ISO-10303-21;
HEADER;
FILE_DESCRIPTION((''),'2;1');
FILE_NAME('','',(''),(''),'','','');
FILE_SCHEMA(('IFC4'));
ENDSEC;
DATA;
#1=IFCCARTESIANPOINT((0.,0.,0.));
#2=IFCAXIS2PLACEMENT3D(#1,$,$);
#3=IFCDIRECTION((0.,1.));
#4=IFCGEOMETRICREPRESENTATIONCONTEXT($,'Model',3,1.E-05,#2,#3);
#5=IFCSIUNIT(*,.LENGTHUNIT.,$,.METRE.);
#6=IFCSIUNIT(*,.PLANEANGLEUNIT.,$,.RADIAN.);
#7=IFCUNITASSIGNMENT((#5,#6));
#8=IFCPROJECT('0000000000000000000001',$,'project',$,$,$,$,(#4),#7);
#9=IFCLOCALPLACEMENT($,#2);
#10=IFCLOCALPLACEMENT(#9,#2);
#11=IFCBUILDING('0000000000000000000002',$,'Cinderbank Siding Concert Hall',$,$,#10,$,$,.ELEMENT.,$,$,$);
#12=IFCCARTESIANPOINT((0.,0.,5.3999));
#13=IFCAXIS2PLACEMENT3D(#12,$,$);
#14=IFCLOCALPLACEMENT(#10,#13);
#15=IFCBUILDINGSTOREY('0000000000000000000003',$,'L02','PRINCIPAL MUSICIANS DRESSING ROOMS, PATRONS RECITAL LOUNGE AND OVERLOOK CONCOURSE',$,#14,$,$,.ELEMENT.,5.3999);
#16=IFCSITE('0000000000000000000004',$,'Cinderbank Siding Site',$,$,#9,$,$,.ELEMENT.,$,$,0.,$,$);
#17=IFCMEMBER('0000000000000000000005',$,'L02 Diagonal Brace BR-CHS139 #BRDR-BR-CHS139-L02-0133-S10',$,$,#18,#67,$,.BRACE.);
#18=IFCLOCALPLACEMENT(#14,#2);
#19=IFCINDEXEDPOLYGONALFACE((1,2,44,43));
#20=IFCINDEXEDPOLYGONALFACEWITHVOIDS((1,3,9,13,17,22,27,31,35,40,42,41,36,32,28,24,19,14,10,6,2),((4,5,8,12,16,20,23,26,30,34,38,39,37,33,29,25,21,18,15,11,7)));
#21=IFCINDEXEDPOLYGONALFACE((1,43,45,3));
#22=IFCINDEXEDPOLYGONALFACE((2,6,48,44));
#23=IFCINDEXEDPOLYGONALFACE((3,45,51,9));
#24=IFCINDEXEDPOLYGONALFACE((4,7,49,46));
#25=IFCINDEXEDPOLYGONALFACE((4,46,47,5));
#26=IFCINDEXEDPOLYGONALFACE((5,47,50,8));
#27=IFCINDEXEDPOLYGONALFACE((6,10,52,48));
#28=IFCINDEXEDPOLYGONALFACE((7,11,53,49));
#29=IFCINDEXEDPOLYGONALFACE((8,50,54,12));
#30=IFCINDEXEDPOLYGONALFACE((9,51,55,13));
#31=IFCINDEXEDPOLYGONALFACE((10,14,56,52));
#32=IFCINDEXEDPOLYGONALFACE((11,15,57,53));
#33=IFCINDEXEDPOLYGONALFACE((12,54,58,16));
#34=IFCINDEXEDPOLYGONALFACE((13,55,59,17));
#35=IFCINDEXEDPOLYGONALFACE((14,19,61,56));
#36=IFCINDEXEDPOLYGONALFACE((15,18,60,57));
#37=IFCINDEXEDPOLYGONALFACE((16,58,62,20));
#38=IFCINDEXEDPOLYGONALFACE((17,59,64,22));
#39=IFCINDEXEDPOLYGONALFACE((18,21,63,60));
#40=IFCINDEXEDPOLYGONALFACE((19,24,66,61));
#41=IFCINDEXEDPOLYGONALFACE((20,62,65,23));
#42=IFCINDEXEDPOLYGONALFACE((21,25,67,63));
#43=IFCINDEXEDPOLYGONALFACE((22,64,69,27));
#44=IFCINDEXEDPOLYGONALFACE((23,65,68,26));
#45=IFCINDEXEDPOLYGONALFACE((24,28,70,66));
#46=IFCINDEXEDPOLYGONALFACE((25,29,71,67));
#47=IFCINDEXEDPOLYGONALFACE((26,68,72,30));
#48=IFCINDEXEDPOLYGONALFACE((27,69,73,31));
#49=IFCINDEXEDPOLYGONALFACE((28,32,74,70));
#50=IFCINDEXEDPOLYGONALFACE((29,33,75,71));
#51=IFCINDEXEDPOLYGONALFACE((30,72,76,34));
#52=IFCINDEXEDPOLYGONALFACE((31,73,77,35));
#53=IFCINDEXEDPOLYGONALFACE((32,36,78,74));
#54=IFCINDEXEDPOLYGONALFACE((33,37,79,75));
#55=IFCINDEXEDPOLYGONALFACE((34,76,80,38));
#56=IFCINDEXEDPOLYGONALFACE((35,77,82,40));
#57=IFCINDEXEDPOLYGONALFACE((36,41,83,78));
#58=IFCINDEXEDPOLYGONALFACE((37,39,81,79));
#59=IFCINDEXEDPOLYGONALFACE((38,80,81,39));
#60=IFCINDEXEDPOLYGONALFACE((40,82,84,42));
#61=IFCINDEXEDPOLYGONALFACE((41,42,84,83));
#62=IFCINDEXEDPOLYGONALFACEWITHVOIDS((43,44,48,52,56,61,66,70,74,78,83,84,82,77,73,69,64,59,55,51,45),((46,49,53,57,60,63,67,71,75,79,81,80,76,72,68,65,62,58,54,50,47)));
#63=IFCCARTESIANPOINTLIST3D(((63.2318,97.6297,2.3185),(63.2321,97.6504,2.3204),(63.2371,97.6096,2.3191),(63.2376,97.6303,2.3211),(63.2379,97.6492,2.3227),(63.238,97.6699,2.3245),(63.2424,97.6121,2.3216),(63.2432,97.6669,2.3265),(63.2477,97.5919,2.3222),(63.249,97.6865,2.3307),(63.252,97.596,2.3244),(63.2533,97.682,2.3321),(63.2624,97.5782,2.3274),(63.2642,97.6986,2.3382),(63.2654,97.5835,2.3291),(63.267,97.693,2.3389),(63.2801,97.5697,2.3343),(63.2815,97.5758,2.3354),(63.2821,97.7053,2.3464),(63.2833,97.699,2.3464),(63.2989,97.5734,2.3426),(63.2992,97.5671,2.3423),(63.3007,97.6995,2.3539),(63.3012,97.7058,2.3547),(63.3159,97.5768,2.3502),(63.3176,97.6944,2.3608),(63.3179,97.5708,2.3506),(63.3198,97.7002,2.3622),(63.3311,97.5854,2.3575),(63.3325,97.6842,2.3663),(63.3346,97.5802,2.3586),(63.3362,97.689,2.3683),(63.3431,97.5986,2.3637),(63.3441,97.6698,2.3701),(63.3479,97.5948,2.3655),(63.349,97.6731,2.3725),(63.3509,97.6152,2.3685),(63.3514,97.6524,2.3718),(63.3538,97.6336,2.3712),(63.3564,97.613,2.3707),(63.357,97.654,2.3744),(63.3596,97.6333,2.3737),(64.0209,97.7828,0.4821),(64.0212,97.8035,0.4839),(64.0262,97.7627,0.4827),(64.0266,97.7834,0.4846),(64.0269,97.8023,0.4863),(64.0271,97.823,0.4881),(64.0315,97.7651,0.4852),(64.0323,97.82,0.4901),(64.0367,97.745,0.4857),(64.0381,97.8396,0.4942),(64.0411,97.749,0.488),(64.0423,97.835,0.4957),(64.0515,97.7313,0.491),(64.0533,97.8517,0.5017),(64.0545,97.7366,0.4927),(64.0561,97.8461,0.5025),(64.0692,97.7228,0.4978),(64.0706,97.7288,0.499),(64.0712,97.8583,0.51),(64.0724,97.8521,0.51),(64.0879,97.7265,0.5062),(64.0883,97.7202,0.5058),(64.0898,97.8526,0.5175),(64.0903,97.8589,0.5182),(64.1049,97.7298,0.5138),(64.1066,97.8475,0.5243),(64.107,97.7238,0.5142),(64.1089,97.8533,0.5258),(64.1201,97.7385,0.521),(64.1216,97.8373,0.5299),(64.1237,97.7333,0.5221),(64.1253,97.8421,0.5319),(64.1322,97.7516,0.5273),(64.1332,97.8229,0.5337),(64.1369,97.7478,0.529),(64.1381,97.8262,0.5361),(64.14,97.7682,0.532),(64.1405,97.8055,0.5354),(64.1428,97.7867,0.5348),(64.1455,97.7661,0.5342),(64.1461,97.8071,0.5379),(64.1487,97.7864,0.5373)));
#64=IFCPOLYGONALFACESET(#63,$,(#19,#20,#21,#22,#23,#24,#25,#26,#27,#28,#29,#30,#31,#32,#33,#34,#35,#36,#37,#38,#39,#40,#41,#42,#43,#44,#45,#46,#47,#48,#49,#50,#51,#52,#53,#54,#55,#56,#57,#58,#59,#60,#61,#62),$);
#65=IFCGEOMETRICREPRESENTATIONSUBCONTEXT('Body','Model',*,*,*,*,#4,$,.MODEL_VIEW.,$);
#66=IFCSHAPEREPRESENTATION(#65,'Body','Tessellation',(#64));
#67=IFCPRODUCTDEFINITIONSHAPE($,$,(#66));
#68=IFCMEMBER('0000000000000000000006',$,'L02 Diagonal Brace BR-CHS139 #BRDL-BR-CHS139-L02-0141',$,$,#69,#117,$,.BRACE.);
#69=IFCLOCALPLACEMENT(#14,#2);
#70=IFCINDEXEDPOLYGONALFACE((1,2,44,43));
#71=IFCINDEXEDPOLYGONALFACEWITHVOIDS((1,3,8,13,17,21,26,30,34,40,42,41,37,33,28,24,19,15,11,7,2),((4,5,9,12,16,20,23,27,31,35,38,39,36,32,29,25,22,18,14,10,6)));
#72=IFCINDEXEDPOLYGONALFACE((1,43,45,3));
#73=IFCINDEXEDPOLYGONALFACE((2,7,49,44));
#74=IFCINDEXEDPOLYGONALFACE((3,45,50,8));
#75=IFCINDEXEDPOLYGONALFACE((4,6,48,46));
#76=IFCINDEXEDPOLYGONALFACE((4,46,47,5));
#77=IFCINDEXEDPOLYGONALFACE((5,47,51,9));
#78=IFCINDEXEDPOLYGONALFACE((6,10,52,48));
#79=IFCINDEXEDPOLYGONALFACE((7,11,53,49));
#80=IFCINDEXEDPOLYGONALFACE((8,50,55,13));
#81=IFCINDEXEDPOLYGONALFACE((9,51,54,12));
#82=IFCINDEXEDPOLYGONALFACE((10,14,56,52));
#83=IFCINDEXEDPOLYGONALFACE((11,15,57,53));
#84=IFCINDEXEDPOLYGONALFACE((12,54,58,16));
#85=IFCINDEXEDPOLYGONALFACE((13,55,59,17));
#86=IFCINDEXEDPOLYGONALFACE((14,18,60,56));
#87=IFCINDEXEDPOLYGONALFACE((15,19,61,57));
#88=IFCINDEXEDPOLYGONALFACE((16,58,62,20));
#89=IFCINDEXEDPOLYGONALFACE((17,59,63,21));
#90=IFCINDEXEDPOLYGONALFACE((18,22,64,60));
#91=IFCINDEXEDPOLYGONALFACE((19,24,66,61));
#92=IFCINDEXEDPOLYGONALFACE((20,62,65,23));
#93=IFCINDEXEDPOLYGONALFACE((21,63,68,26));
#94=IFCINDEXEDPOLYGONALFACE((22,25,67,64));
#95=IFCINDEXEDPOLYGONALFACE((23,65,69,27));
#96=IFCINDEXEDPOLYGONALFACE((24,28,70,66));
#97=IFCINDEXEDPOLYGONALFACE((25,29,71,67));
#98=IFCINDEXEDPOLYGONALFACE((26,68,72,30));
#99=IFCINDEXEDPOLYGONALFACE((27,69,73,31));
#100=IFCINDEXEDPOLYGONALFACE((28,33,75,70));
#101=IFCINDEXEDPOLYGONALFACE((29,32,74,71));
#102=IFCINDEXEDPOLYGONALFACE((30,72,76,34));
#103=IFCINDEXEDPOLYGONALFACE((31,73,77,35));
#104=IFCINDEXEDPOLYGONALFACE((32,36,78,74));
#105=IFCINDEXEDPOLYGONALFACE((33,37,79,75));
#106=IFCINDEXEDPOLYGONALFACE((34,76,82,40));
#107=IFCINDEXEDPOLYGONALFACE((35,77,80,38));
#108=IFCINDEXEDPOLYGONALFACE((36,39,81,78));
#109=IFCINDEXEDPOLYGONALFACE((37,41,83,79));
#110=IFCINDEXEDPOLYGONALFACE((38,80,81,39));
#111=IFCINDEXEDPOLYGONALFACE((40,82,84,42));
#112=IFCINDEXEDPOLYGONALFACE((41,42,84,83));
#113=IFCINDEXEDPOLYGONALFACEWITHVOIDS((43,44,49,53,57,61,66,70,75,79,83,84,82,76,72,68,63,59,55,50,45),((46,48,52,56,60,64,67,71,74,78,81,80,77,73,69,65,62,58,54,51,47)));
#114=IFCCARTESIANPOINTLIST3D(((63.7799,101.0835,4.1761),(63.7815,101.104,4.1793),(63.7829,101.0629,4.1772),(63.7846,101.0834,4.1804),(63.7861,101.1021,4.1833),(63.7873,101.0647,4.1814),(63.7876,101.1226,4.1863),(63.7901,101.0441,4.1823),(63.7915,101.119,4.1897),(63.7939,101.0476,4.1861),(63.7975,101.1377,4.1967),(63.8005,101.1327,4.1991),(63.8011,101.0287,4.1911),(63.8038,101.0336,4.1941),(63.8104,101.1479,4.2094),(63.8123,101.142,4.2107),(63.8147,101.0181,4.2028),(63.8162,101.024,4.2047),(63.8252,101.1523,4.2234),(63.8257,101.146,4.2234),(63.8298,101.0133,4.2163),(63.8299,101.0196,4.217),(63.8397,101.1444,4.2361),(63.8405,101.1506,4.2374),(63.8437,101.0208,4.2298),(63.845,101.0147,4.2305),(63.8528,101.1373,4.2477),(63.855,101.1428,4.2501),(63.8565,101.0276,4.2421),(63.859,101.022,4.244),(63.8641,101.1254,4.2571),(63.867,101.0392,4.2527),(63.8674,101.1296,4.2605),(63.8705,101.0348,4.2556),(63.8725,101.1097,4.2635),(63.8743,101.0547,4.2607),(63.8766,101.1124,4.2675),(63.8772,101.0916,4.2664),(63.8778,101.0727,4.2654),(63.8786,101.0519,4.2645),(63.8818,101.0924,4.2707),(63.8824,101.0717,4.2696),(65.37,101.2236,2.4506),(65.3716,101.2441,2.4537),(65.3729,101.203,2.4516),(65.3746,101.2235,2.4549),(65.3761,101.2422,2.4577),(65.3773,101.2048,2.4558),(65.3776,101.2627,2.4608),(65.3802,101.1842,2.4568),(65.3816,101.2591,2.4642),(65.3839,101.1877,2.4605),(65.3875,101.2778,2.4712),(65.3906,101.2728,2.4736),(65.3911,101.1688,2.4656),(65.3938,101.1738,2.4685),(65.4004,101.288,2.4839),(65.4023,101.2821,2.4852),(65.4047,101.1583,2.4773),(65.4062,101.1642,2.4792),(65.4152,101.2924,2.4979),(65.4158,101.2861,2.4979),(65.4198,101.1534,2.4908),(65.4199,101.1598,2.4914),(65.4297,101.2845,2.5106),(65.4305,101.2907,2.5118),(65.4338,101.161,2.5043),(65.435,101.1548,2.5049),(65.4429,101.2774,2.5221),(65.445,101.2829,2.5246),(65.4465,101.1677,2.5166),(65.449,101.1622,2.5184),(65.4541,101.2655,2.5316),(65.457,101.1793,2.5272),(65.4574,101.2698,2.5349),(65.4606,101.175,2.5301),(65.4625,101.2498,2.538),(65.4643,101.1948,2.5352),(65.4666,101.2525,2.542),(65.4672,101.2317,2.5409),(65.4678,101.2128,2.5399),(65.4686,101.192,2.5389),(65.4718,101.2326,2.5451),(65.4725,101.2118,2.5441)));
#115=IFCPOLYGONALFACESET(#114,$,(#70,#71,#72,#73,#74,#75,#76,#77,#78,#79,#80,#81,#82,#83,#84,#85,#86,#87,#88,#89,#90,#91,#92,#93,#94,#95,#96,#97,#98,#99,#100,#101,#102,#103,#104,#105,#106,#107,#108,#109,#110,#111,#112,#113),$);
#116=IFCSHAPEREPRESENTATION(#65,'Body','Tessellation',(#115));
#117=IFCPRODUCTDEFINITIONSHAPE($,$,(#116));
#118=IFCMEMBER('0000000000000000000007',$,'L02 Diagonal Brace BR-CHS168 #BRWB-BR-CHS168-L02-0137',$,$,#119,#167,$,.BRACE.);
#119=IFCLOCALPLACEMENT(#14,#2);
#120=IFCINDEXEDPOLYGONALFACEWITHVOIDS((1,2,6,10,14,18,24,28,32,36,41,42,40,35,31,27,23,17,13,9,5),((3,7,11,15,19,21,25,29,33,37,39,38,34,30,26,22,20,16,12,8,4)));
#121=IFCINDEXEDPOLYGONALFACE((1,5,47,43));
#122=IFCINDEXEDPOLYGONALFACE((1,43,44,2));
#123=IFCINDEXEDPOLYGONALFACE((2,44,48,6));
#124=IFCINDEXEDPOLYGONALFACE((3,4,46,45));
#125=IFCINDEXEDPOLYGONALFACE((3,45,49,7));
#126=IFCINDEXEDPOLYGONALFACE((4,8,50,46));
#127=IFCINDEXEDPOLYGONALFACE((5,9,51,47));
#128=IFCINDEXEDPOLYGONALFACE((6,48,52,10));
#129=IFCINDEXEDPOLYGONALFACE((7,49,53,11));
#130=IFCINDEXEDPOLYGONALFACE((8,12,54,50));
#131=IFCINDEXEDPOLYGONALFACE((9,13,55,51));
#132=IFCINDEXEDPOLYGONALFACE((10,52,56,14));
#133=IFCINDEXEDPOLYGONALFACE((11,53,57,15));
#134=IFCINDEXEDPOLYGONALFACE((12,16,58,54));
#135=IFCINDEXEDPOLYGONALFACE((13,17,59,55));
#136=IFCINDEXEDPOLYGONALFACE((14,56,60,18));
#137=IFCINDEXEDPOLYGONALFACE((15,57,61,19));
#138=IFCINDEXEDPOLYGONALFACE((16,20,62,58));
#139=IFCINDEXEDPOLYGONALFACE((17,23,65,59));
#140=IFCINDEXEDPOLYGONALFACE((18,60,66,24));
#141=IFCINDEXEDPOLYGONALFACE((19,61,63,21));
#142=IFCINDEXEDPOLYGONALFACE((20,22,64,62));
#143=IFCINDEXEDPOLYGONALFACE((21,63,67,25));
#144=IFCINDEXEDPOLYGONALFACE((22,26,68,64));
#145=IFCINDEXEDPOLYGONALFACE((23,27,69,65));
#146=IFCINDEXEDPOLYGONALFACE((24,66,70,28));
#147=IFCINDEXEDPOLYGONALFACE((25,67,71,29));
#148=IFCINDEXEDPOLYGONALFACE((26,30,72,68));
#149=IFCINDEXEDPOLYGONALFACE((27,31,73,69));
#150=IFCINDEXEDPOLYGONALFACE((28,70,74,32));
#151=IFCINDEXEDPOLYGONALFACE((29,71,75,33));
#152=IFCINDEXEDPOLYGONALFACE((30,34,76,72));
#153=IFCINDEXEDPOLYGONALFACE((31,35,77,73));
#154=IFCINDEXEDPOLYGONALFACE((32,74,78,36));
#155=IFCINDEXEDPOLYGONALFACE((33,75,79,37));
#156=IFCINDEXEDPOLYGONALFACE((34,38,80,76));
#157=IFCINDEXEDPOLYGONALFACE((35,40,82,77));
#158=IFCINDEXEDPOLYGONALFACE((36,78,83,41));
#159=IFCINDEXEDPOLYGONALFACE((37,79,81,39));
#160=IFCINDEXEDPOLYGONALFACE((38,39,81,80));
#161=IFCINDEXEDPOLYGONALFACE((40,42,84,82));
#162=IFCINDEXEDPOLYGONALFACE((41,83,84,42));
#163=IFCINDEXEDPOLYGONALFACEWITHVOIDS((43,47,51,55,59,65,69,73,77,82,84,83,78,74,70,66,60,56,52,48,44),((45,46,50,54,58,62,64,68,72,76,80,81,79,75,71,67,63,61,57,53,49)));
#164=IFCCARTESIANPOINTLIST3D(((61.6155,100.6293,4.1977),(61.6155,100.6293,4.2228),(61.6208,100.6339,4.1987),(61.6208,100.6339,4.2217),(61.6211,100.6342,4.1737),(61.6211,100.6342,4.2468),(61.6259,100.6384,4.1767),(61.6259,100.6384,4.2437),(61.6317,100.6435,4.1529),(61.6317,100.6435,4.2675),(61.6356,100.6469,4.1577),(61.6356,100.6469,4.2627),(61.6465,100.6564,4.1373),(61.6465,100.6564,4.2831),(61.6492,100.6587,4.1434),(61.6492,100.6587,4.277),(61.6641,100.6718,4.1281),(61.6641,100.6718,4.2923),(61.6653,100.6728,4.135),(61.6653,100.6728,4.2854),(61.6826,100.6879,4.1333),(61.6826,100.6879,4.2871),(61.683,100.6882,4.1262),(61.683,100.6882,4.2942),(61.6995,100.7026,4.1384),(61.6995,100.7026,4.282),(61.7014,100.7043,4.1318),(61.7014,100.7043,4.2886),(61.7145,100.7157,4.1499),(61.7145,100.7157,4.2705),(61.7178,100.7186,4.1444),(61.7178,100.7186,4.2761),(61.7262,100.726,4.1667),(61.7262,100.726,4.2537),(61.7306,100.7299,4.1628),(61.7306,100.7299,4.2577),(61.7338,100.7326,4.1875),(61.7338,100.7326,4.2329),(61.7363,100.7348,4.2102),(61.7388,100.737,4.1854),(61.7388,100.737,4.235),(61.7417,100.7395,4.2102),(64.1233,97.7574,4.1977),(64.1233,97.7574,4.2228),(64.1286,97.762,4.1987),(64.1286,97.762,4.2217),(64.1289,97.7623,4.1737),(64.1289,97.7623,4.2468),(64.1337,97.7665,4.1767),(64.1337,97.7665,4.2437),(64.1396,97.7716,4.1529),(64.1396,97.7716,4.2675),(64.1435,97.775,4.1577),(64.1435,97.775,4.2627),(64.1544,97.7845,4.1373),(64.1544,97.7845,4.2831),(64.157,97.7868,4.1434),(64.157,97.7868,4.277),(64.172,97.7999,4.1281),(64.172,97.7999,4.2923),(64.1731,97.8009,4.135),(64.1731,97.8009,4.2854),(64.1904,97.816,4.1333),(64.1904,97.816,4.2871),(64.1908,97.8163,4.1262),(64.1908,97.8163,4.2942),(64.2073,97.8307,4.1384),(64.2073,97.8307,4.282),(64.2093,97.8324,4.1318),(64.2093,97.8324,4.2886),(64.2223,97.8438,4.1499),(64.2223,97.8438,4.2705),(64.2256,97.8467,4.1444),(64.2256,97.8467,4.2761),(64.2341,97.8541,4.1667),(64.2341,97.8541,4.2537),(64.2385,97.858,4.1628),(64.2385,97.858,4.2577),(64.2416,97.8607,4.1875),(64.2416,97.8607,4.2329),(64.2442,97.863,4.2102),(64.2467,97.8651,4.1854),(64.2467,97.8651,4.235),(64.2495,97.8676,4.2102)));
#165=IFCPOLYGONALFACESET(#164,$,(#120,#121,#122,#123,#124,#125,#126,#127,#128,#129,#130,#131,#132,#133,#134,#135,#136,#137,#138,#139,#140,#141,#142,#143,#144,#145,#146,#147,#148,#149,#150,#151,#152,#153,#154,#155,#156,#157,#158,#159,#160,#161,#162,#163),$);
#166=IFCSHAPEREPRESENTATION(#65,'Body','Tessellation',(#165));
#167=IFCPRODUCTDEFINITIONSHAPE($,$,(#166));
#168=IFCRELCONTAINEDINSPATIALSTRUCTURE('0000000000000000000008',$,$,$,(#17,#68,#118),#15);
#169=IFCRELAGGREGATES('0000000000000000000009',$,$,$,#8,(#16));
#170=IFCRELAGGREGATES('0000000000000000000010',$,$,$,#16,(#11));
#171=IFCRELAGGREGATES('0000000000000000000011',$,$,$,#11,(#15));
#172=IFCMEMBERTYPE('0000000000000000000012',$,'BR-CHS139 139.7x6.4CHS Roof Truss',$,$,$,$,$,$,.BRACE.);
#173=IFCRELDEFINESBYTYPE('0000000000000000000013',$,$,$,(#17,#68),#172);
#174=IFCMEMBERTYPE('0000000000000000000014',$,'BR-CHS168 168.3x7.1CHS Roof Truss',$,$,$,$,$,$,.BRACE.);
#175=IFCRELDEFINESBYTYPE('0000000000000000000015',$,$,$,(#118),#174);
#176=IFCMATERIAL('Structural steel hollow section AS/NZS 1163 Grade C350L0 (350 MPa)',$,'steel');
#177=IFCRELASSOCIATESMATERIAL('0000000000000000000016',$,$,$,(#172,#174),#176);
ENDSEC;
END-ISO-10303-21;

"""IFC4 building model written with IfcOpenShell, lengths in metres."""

from ifc_helpers import new_model, si_unit, direction, frame, origin, origin_2d, place, context, subcontext, project, spatial, hollow_circle, extrude, material, material_profile, profile_set, type_object, element, save


model = new_model("IFC4")

# Units and contexts
model_context = context("Model", 3, precision=1e-05, world=origin(), true_north=direction((0.0, 1.0)))
body_context = subcontext(model_context, "Body", "Model", "MODEL_VIEW")
ifc_project = project(units=[si_unit("LENGTHUNIT", "METRE"), si_unit("PLANEANGLEUNIT", "RADIAN")], contexts=[model_context])

# Site, building, storey
site_placement = place(None, origin())
site = spatial("IfcSite", under=ifc_project, at=site_placement, Name="Cinderbank Siding Site", CompositionType="ELEMENT", RefElevation=0.0)
building_placement = place(site_placement, origin())
building = spatial("IfcBuilding", under=site, at=building_placement, Name="Cinderbank Siding Concert Hall", CompositionType="ELEMENT")
storey_placement = place(building_placement, frame((0.0, 0.0, 5.3999)))
storey = spatial("IfcBuildingStorey", under=building, at=storey_placement, Name="L02", Description="PRINCIPAL MUSICIANS DRESSING ROOMS, PATRONS RECITAL LOUNGE AND OVERLOOK CONCOURSE", CompositionType="ELEMENT", Elevation=5.3999)

# Members
ifc_material_1 = material(Name="Structural steel hollow section AS/NZS 1163 Grade C350L0 (350 MPa)", Category="steel")
ifc_material_profile_1 = material_profile(ifc_material_1, hollow_circle(Radius=0.0698, WallThickness=0.0063, at=origin_2d()), Name="139.7x6.4CHS", Category="LoadBearing")
ifc_profile_set_1 = profile_set([ifc_material_profile_1], Name="Structural steel hollow section AS/NZS 1163 Grade C350L0 (350 MPa)")
member_type_1 = type_object("IfcMemberType", Name="BR-CHS139 139.7x6.4CHS Roof Truss", PredefinedType="BRACE", material=ifc_profile_set_1)
for number, where, z_axis, x_axis, name in (
    (1, (63.2954, 97.6367, 2.3464), (0.393621, 0.076362, -0.916096), (-0.190447, 0.981698, 0.0), "L02 Diagonal Brace BR-CHS139 #BRDR-BR-CHS139-L02-0133-S10"),
):
    element("IfcMember", number, at=place(storey_placement, frame(where, z_axis=z_axis, x_axis=x_axis)), inside=storey, type_object=member_type_1, Name=name, PredefinedType="BRACE", context=body_context, shape_type="SweptSolid", body=[
        extrude(hollow_circle(Radius=0.0698, WallThickness=0.0063, at=origin_2d()), origin(), (0.0, 0.0, 1.0), 2.0046),
    ])
member_1_placement = place(storey_placement, frame((63.8313, 101.0828, 4.2234), z_axis=(0.676439, 0.059616, -0.734082), x_axis=(-0.087791, 0.996139, 0.0)))
element("IfcMember", 2, at=member_1_placement, inside=storey, type_object=member_type_1, Name="L02 Diagonal Brace BR-CHS139 #BRDL-BR-CHS139-L02-0141", PredefinedType="BRACE", context=body_context, shape_type="SweptSolid", body=[
    extrude(hollow_circle(Radius=0.0698, WallThickness=0.0063, at=origin_2d()), origin(), (0.0, 0.0, 1.0), 2.3506),
])
ifc_material_profile_2 = material_profile(ifc_material_1, hollow_circle(Radius=0.0842, WallThickness=0.0071, at=origin_2d()), Name="168.3x7.1CHS", Category="LoadBearing")
ifc_profile_set_2 = profile_set([ifc_material_profile_2], Name="Structural steel hollow section AS/NZS 1163 Grade C350L0 (350 MPa)")
member_type_2 = type_object("IfcMemberType", Name="BR-CHS168 168.3x7.1CHS Roof Truss", PredefinedType="BRACE", material=ifc_profile_set_2)
member_2_placement = place(storey_placement, frame((61.6782, 100.6841, 4.2102), z_axis=(0.657756, -0.753231, 0.0), x_axis=(0.753231, 0.657756, 0.0)))
element("IfcMember", 3, at=member_2_placement, inside=storey, type_object=member_type_2, Name="L02 Diagonal Brace BR-CHS168 #BRWB-BR-CHS168-L02-0137", PredefinedType="BRACE", context=body_context, shape_type="SweptSolid", body=[
    extrude(hollow_circle(Radius=0.0842, WallThickness=0.0071, at=origin_2d()), origin(), (0.0, 0.0, 1.0), 3.8127),
])

save(model, "model.ifc")
